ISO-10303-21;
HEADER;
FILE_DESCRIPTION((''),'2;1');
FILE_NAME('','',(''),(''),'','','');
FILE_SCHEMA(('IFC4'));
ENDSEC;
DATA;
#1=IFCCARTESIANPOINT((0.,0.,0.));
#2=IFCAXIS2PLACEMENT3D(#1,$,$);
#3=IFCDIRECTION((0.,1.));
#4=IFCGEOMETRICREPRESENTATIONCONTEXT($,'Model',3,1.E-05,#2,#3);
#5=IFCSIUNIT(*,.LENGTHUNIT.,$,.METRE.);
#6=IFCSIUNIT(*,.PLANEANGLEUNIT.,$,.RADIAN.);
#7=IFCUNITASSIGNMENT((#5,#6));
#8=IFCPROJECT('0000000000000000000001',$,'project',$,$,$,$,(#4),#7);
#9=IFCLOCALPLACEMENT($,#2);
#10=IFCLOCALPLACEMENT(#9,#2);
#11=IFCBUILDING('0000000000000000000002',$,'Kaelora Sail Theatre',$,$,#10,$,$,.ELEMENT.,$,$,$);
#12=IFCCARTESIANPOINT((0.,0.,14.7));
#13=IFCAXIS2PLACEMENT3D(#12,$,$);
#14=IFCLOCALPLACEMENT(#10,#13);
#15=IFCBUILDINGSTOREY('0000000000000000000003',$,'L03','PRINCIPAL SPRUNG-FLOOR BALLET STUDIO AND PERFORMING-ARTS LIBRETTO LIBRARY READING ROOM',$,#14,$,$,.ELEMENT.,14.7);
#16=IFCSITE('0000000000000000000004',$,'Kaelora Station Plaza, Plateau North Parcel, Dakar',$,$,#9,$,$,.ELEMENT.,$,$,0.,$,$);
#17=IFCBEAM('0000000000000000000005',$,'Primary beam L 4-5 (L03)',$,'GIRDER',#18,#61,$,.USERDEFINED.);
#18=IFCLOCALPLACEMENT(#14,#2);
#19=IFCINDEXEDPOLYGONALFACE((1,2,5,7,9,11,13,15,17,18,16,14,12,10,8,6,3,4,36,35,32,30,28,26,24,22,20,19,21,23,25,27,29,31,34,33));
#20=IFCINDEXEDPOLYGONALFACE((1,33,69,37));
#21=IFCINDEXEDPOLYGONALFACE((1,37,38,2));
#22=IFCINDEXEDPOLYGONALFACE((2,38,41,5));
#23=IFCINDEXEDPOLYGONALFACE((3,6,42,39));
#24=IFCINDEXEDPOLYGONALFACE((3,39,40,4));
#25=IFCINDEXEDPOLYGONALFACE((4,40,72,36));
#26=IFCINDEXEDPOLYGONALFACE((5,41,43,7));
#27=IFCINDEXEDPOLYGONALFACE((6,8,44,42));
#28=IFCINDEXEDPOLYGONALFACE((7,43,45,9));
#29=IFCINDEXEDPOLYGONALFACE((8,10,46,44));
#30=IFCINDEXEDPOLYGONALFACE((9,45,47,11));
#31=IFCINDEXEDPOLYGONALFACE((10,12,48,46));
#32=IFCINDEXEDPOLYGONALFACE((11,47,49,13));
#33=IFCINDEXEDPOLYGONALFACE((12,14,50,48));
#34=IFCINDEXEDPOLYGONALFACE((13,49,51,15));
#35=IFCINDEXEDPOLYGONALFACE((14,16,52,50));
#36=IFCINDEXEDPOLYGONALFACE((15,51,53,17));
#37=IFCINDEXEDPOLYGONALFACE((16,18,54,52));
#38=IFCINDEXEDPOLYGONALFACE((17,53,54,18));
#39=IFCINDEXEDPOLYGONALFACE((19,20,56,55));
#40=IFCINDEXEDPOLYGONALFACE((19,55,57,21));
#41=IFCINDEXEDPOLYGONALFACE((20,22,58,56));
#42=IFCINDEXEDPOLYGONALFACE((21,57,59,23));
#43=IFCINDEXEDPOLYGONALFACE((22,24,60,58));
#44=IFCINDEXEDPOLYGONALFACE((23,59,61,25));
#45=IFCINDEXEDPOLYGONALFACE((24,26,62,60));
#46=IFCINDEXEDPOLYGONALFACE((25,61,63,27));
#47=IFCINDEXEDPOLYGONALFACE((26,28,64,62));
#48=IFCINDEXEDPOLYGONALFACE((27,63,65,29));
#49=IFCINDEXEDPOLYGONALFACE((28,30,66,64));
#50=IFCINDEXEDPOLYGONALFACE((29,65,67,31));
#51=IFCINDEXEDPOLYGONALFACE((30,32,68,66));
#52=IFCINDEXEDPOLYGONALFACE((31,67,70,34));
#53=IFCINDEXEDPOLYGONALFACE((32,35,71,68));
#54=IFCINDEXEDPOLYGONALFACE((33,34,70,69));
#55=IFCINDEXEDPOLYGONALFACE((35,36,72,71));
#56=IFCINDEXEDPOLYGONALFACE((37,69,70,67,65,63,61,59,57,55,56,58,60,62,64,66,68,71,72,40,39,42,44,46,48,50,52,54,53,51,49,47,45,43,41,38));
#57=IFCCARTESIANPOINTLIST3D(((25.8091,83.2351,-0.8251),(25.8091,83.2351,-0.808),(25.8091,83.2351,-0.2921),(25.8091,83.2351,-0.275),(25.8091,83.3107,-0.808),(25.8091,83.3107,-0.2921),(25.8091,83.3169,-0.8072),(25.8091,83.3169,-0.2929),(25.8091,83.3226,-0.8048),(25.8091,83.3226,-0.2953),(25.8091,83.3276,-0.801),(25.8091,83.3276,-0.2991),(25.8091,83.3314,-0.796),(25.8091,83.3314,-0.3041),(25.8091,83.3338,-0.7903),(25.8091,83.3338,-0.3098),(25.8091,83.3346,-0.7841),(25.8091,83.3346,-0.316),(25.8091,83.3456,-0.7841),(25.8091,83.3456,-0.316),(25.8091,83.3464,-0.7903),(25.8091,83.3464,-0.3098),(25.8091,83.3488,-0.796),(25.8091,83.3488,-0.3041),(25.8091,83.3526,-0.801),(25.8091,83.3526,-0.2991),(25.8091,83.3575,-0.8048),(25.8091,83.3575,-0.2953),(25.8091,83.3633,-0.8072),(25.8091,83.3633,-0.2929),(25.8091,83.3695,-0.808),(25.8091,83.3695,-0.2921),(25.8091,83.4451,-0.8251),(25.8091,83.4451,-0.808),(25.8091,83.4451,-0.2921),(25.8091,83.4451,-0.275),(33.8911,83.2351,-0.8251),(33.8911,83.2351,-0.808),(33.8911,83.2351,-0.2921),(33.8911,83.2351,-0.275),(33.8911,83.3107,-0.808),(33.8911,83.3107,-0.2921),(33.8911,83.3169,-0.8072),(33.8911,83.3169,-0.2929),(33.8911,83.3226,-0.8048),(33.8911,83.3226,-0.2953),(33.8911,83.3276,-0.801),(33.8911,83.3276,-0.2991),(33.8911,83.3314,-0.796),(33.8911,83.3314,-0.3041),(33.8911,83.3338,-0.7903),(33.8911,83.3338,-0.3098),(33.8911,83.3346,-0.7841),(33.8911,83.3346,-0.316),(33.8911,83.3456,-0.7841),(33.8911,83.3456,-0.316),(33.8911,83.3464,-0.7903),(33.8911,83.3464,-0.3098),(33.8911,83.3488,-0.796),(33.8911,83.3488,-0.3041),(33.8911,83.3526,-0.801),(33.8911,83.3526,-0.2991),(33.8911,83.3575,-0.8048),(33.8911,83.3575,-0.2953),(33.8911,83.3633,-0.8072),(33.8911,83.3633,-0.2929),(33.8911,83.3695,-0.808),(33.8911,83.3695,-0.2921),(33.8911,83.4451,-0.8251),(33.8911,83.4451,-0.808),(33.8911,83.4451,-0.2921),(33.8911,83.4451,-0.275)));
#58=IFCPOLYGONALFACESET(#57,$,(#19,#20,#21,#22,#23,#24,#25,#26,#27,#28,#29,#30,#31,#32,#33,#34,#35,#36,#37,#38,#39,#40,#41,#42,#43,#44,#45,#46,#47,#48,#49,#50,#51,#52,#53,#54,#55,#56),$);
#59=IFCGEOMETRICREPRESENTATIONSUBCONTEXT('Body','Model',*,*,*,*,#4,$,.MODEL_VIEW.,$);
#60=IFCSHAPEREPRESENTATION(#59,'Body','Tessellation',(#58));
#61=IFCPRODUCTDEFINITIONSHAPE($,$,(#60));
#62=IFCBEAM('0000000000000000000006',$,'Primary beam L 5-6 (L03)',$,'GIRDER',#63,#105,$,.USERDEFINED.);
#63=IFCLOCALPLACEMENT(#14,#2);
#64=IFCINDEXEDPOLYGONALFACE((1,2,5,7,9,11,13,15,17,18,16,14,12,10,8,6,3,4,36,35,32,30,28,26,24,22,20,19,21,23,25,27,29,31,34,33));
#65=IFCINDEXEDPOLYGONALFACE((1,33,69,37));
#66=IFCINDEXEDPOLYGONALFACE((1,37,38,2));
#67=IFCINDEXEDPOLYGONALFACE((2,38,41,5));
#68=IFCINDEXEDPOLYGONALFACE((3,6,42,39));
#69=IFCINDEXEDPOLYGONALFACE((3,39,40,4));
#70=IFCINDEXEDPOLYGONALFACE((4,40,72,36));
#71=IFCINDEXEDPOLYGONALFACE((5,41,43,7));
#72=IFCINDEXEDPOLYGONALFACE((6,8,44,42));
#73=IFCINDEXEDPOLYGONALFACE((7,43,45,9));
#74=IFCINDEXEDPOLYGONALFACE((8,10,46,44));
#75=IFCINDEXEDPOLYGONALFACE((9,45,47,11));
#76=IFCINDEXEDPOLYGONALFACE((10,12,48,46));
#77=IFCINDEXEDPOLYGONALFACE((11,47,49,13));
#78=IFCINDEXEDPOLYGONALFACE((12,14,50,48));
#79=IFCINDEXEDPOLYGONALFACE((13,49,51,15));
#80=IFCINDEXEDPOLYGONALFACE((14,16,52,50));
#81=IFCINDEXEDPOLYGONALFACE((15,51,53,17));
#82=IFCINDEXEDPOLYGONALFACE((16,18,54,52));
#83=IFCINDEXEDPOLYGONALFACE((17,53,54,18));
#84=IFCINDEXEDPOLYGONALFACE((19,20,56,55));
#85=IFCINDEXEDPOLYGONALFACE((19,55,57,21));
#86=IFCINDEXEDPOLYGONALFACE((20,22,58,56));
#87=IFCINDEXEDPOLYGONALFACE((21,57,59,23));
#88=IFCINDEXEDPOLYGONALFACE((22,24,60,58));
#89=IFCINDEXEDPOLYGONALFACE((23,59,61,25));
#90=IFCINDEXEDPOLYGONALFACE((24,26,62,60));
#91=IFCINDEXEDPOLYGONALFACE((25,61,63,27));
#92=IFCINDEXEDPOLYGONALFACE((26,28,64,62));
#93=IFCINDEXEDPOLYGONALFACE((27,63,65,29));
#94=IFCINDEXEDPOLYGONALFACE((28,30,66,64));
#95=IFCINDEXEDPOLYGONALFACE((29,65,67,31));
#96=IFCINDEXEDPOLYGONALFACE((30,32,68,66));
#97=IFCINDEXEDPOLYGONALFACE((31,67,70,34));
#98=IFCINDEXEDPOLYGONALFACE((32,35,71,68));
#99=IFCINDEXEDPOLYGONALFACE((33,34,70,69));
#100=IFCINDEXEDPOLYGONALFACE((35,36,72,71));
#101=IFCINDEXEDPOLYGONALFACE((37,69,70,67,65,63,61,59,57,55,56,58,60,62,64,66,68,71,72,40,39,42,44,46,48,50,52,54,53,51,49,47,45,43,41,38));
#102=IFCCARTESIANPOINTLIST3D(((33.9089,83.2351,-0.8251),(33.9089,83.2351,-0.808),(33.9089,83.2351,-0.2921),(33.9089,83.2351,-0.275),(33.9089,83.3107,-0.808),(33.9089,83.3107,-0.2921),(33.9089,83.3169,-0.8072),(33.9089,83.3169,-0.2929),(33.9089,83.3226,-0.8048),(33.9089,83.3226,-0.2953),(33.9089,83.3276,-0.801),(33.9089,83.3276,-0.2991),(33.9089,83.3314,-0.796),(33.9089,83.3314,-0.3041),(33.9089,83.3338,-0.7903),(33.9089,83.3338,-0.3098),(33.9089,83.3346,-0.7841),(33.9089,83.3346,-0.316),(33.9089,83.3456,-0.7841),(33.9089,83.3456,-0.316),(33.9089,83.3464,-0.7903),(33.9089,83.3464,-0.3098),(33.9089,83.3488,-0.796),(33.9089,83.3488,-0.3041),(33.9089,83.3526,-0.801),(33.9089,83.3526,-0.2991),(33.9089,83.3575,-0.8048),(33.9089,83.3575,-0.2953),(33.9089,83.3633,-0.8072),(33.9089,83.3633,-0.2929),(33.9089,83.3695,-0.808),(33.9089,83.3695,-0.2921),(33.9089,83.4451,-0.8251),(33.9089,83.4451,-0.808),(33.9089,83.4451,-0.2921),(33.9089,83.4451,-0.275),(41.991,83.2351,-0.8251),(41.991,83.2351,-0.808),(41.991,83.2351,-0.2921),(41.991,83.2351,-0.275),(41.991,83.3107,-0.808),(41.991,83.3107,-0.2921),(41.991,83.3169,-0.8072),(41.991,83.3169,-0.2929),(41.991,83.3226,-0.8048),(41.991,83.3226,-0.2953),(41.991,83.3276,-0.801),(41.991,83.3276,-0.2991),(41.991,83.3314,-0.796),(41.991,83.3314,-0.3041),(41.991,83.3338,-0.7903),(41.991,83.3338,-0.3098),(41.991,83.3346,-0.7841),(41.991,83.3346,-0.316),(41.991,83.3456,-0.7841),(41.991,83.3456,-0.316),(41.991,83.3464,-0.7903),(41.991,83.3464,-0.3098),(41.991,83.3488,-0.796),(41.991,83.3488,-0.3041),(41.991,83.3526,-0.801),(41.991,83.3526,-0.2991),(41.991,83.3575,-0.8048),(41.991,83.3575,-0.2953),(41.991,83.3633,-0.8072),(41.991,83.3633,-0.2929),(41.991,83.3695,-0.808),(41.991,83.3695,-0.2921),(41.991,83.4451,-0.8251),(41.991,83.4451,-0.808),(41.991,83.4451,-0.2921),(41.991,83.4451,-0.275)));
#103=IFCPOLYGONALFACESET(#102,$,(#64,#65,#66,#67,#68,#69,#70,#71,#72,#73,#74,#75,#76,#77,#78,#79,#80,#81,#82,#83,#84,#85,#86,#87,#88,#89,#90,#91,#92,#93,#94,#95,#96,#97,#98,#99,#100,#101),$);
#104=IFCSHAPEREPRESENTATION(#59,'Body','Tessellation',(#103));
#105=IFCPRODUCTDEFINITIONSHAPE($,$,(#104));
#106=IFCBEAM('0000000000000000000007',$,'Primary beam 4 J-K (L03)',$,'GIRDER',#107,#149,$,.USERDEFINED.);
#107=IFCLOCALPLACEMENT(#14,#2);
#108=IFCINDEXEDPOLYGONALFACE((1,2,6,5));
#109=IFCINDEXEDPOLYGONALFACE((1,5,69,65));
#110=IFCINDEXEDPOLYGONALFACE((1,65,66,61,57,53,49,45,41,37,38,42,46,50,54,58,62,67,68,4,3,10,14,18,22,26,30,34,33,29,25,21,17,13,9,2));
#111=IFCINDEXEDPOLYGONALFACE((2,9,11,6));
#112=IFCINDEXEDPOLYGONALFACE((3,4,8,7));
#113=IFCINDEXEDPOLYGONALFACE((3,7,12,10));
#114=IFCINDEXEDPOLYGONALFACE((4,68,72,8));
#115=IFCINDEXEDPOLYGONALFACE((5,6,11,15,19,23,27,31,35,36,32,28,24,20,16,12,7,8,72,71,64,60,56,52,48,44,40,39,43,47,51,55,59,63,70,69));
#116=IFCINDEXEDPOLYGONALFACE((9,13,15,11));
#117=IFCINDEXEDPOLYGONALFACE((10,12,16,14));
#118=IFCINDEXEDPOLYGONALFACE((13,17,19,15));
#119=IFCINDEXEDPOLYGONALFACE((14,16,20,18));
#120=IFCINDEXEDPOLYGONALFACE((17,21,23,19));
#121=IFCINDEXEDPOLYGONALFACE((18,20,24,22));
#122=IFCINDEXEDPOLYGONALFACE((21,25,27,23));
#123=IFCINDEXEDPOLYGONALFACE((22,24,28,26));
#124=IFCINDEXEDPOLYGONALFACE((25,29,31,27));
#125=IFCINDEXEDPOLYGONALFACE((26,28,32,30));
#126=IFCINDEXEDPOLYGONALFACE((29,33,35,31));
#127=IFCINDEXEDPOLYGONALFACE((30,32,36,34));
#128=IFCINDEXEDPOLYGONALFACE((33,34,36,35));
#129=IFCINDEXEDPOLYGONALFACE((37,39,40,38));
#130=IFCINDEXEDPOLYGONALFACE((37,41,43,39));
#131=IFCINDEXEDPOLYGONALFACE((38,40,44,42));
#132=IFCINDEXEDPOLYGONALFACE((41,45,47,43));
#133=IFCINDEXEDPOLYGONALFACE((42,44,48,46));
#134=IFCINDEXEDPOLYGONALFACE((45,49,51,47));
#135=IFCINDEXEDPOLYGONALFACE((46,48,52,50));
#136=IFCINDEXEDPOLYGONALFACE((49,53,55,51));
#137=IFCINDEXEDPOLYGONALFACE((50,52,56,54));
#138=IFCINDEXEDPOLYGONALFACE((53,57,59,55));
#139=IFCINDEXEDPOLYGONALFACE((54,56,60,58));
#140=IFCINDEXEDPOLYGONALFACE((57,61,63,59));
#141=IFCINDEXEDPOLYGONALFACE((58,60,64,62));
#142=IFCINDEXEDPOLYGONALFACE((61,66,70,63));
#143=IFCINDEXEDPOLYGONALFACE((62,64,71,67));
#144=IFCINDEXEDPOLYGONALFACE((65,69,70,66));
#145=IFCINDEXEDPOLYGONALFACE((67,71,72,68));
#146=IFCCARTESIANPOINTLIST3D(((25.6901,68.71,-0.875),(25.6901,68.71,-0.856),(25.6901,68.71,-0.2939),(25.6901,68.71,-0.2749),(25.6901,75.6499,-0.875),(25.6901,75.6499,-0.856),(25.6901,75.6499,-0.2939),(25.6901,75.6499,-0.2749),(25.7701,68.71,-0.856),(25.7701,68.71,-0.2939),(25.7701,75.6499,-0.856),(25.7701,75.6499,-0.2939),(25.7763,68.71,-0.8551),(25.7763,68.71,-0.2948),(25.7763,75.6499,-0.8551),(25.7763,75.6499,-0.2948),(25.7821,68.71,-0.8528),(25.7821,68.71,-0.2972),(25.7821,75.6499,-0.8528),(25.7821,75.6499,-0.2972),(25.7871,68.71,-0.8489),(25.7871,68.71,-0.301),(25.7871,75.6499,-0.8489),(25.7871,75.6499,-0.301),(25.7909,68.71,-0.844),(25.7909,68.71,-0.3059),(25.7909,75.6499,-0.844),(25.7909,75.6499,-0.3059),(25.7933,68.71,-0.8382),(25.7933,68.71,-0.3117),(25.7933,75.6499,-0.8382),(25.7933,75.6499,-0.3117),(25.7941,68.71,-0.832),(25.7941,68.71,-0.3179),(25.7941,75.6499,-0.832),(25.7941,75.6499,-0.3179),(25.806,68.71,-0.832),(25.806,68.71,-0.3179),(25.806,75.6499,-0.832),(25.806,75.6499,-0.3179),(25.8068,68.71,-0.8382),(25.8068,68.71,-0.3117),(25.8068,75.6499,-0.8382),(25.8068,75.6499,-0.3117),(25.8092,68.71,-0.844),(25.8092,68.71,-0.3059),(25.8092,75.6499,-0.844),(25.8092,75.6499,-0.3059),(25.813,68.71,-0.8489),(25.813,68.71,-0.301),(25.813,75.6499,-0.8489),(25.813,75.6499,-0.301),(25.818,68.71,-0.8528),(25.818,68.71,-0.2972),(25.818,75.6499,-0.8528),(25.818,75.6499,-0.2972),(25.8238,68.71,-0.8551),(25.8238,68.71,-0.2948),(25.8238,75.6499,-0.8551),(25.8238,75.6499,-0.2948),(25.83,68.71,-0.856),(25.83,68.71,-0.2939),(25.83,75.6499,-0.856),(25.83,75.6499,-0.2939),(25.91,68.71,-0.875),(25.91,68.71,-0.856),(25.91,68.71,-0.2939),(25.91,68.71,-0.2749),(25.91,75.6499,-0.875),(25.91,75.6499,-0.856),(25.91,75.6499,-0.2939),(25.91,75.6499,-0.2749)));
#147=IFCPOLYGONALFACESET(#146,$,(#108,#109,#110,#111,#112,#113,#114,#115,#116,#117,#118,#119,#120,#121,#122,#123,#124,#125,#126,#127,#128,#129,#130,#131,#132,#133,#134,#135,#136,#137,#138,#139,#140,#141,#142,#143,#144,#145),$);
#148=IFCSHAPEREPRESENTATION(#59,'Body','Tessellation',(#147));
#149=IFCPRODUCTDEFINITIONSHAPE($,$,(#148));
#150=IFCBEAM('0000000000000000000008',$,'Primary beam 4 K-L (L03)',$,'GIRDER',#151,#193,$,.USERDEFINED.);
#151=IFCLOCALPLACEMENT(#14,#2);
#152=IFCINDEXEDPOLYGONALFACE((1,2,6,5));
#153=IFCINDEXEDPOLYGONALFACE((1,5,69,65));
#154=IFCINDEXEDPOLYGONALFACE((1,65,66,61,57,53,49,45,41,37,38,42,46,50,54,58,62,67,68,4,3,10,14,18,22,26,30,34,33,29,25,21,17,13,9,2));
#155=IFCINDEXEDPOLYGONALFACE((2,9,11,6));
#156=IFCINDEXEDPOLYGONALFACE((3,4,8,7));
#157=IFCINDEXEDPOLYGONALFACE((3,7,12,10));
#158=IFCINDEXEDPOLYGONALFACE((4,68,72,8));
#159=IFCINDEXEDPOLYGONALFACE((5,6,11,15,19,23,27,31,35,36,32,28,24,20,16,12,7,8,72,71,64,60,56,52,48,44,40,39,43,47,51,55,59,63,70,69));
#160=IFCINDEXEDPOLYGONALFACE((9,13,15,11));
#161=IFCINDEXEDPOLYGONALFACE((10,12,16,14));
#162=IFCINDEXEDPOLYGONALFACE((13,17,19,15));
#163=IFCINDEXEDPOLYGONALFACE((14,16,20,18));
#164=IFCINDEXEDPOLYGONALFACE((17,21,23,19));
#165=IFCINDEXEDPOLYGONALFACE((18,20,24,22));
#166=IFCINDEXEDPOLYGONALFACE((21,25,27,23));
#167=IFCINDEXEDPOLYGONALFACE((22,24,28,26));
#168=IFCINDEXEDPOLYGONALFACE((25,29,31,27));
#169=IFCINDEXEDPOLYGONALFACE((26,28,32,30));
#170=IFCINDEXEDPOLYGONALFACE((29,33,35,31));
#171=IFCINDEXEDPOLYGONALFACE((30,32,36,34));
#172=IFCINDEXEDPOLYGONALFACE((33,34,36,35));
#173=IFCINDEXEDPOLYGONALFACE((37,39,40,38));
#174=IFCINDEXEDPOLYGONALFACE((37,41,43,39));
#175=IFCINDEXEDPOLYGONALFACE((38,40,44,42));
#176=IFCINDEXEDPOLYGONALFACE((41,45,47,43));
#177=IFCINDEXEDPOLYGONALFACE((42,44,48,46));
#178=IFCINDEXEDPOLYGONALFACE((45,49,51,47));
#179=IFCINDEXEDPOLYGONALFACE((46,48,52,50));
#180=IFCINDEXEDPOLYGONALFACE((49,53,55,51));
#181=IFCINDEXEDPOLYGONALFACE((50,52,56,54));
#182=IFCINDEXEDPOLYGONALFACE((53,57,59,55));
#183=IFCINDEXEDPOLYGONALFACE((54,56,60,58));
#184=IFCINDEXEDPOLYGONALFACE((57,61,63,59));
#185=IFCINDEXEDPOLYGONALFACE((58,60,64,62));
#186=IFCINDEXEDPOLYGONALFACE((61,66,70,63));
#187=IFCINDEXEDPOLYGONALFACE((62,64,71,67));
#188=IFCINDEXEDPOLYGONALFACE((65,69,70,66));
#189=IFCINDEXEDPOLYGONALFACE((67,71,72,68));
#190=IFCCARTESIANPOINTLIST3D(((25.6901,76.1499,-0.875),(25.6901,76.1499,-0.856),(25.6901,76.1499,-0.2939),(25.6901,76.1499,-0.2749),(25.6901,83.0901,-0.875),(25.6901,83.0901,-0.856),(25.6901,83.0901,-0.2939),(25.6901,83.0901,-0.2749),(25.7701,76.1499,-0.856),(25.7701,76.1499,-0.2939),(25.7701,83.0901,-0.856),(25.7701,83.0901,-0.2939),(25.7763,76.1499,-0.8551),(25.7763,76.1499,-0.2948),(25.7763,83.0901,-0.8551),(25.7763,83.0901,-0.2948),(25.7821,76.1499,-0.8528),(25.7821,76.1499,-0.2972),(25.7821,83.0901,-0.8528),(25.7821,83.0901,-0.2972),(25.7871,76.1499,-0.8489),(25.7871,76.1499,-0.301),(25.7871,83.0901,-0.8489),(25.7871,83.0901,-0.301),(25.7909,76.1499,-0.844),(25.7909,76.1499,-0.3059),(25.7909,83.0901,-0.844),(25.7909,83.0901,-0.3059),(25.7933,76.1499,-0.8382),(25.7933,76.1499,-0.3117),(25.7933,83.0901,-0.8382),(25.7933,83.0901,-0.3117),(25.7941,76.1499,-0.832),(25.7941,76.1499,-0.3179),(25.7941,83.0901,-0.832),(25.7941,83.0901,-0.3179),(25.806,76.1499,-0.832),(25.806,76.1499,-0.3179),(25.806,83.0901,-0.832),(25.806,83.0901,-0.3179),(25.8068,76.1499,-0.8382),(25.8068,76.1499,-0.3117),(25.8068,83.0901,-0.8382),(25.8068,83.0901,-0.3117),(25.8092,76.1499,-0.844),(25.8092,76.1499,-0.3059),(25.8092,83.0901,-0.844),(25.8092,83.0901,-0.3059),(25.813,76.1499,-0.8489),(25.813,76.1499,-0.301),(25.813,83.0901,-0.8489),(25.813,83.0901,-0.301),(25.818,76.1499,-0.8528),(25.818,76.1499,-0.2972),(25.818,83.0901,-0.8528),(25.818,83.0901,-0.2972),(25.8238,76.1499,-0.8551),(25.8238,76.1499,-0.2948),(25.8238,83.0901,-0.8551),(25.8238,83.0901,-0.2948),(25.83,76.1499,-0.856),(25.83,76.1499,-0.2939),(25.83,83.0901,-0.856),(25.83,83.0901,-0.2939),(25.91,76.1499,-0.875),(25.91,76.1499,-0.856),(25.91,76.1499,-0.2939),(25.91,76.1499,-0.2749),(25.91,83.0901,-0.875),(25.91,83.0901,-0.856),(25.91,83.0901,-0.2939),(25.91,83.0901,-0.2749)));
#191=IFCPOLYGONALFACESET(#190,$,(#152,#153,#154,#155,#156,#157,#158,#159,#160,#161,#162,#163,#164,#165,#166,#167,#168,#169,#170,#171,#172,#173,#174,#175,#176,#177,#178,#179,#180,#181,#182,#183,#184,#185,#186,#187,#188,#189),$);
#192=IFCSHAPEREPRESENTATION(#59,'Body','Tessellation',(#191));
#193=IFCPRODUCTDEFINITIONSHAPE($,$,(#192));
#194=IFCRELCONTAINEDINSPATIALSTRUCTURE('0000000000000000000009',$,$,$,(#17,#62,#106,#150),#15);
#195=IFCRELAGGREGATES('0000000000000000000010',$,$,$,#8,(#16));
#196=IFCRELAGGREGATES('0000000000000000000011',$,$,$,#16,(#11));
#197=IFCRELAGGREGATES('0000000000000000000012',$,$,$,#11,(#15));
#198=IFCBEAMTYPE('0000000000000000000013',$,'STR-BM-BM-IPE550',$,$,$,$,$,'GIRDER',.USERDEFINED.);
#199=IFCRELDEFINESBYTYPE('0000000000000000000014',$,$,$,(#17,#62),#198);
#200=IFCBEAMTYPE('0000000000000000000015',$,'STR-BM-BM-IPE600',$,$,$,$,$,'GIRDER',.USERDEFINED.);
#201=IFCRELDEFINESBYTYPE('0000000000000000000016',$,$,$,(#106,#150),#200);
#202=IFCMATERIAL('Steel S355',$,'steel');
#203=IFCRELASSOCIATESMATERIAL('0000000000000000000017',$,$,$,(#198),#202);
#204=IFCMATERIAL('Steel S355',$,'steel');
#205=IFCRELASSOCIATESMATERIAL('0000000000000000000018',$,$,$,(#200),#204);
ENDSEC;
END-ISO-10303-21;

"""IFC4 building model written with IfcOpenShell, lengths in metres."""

from ifc_helpers import new_model, si_unit, direction, frame, origin, origin_2d, place, context, subcontext, project, spatial, i_section, extrude, material, material_profile, profile_set, type_object, element, save


model = new_model("IFC4")

# Units and contexts
model_context = context("Model", 3, precision=1e-05, world=origin(), true_north=direction((0.0, 1.0)))
body_context = subcontext(model_context, "Body", "Model", "MODEL_VIEW")
ifc_project = project(units=[si_unit("LENGTHUNIT", "METRE"), si_unit("PLANEANGLEUNIT", "RADIAN")], contexts=[model_context])

# Site, building, storey
site_placement = place(None, origin())
site = spatial("IfcSite", under=ifc_project, at=site_placement, Name="Kaelora Station Plaza, Plateau North Parcel, Dakar", CompositionType="ELEMENT", RefElevation=0.0)
building_placement = place(site_placement, origin())
building = spatial("IfcBuilding", under=site, at=building_placement, Name="Kaelora Sail Theatre", CompositionType="ELEMENT")
storey_placement = place(building_placement, frame((0.0, 0.0, 14.7)))
storey = spatial("IfcBuildingStorey", under=building, at=storey_placement, Name="L03", Description="PRINCIPAL SPRUNG-FLOOR BALLET STUDIO AND PERFORMING-ARTS LIBRETTO LIBRARY READING ROOM", CompositionType="ELEMENT", Elevation=14.7)

# Beams
ifc_material_1 = material(Name="Steel S355", Category="steel")
ifc_material_profile_1 = material_profile(ifc_material_1, i_section(OverallWidth=0.21, OverallDepth=0.55, WebThickness=0.011, FlangeThickness=0.0171, FilletRadius=0.0239, at=origin_2d()), Name="IPE 550")
ifc_profile_set_1 = profile_set([ifc_material_profile_1], Name="Steel S355")
beam_type_1 = type_object("IfcBeamType", Name="STR-BM-BM-IPE550", ElementType="GIRDER", PredefinedType="USERDEFINED", material=ifc_profile_set_1)
for number, where, z_axis, x_axis, name in (
    (1, (25.8091, 83.3401, -0.55), (1.0, 0.0, 0.0), (0.0, 1.0, 0.0), "Primary beam L 4-5 (L03)"),
    (2, (33.9089, 83.3401, -0.55), (1.0, 0.0, 0.0), (0.0, 1.0, 0.0), "Primary beam L 5-6 (L03)"),
):
    element("IfcBeam", number, at=place(storey_placement, frame(where, z_axis=z_axis, x_axis=x_axis)), inside=storey, type_object=beam_type_1, Name=name, ObjectType="GIRDER", PredefinedType="USERDEFINED", context=body_context, shape_type="SweptSolid", body=[
        extrude(i_section(OverallWidth=0.21, OverallDepth=0.55, WebThickness=0.011, FlangeThickness=0.0171, FilletRadius=0.0239, at=origin_2d()), origin(), (0.0, 0.0, 1.0), 8.082),
    ])
ifc_material_2 = material(Name="Steel S355", Category="steel")
ifc_material_profile_2 = material_profile(ifc_material_2, i_section(OverallWidth=0.22, OverallDepth=0.6001, WebThickness=0.012, FlangeThickness=0.019, FilletRadius=0.0239, at=origin_2d()), Name="IPE 600")
ifc_profile_set_2 = profile_set([ifc_material_profile_2], Name="Steel S355")
beam_type_2 = type_object("IfcBeamType", Name="STR-BM-BM-IPE600", ElementType="GIRDER", PredefinedType="USERDEFINED", material=ifc_profile_set_2)
beam_1_placement = place(storey_placement, frame((25.8, 68.71, -0.575), z_axis=(0.0, 1.0, 0.0), x_axis=(-1.0, 0.0, 0.0)))
element("IfcBeam", 3, at=beam_1_placement, inside=storey, type_object=beam_type_2, Name="Primary beam 4 J-K (L03)", ObjectType="GIRDER", PredefinedType="USERDEFINED", context=body_context, shape_type="SweptSolid", body=[
    extrude(i_section(OverallWidth=0.22, OverallDepth=0.6001, WebThickness=0.012, FlangeThickness=0.019, FilletRadius=0.0239, at=origin_2d()), origin(), (0.0, 0.0, 1.0), 6.9399),
])
beam_2_placement = place(storey_placement, frame((25.8, 76.1499, -0.575), z_axis=(0.0, 1.0, 0.0), x_axis=(-1.0, 0.0, 0.0)))
element("IfcBeam", 4, at=beam_2_placement, inside=storey, type_object=beam_type_2, Name="Primary beam 4 K-L (L03)", ObjectType="GIRDER", PredefinedType="USERDEFINED", context=body_context, shape_type="SweptSolid", body=[
    extrude(i_section(OverallWidth=0.22, OverallDepth=0.6001, WebThickness=0.012, FlangeThickness=0.019, FilletRadius=0.0239, at=origin_2d()), origin(), (0.0, 0.0, 1.0), 6.9402),
])

save(model, "model.ifc")
